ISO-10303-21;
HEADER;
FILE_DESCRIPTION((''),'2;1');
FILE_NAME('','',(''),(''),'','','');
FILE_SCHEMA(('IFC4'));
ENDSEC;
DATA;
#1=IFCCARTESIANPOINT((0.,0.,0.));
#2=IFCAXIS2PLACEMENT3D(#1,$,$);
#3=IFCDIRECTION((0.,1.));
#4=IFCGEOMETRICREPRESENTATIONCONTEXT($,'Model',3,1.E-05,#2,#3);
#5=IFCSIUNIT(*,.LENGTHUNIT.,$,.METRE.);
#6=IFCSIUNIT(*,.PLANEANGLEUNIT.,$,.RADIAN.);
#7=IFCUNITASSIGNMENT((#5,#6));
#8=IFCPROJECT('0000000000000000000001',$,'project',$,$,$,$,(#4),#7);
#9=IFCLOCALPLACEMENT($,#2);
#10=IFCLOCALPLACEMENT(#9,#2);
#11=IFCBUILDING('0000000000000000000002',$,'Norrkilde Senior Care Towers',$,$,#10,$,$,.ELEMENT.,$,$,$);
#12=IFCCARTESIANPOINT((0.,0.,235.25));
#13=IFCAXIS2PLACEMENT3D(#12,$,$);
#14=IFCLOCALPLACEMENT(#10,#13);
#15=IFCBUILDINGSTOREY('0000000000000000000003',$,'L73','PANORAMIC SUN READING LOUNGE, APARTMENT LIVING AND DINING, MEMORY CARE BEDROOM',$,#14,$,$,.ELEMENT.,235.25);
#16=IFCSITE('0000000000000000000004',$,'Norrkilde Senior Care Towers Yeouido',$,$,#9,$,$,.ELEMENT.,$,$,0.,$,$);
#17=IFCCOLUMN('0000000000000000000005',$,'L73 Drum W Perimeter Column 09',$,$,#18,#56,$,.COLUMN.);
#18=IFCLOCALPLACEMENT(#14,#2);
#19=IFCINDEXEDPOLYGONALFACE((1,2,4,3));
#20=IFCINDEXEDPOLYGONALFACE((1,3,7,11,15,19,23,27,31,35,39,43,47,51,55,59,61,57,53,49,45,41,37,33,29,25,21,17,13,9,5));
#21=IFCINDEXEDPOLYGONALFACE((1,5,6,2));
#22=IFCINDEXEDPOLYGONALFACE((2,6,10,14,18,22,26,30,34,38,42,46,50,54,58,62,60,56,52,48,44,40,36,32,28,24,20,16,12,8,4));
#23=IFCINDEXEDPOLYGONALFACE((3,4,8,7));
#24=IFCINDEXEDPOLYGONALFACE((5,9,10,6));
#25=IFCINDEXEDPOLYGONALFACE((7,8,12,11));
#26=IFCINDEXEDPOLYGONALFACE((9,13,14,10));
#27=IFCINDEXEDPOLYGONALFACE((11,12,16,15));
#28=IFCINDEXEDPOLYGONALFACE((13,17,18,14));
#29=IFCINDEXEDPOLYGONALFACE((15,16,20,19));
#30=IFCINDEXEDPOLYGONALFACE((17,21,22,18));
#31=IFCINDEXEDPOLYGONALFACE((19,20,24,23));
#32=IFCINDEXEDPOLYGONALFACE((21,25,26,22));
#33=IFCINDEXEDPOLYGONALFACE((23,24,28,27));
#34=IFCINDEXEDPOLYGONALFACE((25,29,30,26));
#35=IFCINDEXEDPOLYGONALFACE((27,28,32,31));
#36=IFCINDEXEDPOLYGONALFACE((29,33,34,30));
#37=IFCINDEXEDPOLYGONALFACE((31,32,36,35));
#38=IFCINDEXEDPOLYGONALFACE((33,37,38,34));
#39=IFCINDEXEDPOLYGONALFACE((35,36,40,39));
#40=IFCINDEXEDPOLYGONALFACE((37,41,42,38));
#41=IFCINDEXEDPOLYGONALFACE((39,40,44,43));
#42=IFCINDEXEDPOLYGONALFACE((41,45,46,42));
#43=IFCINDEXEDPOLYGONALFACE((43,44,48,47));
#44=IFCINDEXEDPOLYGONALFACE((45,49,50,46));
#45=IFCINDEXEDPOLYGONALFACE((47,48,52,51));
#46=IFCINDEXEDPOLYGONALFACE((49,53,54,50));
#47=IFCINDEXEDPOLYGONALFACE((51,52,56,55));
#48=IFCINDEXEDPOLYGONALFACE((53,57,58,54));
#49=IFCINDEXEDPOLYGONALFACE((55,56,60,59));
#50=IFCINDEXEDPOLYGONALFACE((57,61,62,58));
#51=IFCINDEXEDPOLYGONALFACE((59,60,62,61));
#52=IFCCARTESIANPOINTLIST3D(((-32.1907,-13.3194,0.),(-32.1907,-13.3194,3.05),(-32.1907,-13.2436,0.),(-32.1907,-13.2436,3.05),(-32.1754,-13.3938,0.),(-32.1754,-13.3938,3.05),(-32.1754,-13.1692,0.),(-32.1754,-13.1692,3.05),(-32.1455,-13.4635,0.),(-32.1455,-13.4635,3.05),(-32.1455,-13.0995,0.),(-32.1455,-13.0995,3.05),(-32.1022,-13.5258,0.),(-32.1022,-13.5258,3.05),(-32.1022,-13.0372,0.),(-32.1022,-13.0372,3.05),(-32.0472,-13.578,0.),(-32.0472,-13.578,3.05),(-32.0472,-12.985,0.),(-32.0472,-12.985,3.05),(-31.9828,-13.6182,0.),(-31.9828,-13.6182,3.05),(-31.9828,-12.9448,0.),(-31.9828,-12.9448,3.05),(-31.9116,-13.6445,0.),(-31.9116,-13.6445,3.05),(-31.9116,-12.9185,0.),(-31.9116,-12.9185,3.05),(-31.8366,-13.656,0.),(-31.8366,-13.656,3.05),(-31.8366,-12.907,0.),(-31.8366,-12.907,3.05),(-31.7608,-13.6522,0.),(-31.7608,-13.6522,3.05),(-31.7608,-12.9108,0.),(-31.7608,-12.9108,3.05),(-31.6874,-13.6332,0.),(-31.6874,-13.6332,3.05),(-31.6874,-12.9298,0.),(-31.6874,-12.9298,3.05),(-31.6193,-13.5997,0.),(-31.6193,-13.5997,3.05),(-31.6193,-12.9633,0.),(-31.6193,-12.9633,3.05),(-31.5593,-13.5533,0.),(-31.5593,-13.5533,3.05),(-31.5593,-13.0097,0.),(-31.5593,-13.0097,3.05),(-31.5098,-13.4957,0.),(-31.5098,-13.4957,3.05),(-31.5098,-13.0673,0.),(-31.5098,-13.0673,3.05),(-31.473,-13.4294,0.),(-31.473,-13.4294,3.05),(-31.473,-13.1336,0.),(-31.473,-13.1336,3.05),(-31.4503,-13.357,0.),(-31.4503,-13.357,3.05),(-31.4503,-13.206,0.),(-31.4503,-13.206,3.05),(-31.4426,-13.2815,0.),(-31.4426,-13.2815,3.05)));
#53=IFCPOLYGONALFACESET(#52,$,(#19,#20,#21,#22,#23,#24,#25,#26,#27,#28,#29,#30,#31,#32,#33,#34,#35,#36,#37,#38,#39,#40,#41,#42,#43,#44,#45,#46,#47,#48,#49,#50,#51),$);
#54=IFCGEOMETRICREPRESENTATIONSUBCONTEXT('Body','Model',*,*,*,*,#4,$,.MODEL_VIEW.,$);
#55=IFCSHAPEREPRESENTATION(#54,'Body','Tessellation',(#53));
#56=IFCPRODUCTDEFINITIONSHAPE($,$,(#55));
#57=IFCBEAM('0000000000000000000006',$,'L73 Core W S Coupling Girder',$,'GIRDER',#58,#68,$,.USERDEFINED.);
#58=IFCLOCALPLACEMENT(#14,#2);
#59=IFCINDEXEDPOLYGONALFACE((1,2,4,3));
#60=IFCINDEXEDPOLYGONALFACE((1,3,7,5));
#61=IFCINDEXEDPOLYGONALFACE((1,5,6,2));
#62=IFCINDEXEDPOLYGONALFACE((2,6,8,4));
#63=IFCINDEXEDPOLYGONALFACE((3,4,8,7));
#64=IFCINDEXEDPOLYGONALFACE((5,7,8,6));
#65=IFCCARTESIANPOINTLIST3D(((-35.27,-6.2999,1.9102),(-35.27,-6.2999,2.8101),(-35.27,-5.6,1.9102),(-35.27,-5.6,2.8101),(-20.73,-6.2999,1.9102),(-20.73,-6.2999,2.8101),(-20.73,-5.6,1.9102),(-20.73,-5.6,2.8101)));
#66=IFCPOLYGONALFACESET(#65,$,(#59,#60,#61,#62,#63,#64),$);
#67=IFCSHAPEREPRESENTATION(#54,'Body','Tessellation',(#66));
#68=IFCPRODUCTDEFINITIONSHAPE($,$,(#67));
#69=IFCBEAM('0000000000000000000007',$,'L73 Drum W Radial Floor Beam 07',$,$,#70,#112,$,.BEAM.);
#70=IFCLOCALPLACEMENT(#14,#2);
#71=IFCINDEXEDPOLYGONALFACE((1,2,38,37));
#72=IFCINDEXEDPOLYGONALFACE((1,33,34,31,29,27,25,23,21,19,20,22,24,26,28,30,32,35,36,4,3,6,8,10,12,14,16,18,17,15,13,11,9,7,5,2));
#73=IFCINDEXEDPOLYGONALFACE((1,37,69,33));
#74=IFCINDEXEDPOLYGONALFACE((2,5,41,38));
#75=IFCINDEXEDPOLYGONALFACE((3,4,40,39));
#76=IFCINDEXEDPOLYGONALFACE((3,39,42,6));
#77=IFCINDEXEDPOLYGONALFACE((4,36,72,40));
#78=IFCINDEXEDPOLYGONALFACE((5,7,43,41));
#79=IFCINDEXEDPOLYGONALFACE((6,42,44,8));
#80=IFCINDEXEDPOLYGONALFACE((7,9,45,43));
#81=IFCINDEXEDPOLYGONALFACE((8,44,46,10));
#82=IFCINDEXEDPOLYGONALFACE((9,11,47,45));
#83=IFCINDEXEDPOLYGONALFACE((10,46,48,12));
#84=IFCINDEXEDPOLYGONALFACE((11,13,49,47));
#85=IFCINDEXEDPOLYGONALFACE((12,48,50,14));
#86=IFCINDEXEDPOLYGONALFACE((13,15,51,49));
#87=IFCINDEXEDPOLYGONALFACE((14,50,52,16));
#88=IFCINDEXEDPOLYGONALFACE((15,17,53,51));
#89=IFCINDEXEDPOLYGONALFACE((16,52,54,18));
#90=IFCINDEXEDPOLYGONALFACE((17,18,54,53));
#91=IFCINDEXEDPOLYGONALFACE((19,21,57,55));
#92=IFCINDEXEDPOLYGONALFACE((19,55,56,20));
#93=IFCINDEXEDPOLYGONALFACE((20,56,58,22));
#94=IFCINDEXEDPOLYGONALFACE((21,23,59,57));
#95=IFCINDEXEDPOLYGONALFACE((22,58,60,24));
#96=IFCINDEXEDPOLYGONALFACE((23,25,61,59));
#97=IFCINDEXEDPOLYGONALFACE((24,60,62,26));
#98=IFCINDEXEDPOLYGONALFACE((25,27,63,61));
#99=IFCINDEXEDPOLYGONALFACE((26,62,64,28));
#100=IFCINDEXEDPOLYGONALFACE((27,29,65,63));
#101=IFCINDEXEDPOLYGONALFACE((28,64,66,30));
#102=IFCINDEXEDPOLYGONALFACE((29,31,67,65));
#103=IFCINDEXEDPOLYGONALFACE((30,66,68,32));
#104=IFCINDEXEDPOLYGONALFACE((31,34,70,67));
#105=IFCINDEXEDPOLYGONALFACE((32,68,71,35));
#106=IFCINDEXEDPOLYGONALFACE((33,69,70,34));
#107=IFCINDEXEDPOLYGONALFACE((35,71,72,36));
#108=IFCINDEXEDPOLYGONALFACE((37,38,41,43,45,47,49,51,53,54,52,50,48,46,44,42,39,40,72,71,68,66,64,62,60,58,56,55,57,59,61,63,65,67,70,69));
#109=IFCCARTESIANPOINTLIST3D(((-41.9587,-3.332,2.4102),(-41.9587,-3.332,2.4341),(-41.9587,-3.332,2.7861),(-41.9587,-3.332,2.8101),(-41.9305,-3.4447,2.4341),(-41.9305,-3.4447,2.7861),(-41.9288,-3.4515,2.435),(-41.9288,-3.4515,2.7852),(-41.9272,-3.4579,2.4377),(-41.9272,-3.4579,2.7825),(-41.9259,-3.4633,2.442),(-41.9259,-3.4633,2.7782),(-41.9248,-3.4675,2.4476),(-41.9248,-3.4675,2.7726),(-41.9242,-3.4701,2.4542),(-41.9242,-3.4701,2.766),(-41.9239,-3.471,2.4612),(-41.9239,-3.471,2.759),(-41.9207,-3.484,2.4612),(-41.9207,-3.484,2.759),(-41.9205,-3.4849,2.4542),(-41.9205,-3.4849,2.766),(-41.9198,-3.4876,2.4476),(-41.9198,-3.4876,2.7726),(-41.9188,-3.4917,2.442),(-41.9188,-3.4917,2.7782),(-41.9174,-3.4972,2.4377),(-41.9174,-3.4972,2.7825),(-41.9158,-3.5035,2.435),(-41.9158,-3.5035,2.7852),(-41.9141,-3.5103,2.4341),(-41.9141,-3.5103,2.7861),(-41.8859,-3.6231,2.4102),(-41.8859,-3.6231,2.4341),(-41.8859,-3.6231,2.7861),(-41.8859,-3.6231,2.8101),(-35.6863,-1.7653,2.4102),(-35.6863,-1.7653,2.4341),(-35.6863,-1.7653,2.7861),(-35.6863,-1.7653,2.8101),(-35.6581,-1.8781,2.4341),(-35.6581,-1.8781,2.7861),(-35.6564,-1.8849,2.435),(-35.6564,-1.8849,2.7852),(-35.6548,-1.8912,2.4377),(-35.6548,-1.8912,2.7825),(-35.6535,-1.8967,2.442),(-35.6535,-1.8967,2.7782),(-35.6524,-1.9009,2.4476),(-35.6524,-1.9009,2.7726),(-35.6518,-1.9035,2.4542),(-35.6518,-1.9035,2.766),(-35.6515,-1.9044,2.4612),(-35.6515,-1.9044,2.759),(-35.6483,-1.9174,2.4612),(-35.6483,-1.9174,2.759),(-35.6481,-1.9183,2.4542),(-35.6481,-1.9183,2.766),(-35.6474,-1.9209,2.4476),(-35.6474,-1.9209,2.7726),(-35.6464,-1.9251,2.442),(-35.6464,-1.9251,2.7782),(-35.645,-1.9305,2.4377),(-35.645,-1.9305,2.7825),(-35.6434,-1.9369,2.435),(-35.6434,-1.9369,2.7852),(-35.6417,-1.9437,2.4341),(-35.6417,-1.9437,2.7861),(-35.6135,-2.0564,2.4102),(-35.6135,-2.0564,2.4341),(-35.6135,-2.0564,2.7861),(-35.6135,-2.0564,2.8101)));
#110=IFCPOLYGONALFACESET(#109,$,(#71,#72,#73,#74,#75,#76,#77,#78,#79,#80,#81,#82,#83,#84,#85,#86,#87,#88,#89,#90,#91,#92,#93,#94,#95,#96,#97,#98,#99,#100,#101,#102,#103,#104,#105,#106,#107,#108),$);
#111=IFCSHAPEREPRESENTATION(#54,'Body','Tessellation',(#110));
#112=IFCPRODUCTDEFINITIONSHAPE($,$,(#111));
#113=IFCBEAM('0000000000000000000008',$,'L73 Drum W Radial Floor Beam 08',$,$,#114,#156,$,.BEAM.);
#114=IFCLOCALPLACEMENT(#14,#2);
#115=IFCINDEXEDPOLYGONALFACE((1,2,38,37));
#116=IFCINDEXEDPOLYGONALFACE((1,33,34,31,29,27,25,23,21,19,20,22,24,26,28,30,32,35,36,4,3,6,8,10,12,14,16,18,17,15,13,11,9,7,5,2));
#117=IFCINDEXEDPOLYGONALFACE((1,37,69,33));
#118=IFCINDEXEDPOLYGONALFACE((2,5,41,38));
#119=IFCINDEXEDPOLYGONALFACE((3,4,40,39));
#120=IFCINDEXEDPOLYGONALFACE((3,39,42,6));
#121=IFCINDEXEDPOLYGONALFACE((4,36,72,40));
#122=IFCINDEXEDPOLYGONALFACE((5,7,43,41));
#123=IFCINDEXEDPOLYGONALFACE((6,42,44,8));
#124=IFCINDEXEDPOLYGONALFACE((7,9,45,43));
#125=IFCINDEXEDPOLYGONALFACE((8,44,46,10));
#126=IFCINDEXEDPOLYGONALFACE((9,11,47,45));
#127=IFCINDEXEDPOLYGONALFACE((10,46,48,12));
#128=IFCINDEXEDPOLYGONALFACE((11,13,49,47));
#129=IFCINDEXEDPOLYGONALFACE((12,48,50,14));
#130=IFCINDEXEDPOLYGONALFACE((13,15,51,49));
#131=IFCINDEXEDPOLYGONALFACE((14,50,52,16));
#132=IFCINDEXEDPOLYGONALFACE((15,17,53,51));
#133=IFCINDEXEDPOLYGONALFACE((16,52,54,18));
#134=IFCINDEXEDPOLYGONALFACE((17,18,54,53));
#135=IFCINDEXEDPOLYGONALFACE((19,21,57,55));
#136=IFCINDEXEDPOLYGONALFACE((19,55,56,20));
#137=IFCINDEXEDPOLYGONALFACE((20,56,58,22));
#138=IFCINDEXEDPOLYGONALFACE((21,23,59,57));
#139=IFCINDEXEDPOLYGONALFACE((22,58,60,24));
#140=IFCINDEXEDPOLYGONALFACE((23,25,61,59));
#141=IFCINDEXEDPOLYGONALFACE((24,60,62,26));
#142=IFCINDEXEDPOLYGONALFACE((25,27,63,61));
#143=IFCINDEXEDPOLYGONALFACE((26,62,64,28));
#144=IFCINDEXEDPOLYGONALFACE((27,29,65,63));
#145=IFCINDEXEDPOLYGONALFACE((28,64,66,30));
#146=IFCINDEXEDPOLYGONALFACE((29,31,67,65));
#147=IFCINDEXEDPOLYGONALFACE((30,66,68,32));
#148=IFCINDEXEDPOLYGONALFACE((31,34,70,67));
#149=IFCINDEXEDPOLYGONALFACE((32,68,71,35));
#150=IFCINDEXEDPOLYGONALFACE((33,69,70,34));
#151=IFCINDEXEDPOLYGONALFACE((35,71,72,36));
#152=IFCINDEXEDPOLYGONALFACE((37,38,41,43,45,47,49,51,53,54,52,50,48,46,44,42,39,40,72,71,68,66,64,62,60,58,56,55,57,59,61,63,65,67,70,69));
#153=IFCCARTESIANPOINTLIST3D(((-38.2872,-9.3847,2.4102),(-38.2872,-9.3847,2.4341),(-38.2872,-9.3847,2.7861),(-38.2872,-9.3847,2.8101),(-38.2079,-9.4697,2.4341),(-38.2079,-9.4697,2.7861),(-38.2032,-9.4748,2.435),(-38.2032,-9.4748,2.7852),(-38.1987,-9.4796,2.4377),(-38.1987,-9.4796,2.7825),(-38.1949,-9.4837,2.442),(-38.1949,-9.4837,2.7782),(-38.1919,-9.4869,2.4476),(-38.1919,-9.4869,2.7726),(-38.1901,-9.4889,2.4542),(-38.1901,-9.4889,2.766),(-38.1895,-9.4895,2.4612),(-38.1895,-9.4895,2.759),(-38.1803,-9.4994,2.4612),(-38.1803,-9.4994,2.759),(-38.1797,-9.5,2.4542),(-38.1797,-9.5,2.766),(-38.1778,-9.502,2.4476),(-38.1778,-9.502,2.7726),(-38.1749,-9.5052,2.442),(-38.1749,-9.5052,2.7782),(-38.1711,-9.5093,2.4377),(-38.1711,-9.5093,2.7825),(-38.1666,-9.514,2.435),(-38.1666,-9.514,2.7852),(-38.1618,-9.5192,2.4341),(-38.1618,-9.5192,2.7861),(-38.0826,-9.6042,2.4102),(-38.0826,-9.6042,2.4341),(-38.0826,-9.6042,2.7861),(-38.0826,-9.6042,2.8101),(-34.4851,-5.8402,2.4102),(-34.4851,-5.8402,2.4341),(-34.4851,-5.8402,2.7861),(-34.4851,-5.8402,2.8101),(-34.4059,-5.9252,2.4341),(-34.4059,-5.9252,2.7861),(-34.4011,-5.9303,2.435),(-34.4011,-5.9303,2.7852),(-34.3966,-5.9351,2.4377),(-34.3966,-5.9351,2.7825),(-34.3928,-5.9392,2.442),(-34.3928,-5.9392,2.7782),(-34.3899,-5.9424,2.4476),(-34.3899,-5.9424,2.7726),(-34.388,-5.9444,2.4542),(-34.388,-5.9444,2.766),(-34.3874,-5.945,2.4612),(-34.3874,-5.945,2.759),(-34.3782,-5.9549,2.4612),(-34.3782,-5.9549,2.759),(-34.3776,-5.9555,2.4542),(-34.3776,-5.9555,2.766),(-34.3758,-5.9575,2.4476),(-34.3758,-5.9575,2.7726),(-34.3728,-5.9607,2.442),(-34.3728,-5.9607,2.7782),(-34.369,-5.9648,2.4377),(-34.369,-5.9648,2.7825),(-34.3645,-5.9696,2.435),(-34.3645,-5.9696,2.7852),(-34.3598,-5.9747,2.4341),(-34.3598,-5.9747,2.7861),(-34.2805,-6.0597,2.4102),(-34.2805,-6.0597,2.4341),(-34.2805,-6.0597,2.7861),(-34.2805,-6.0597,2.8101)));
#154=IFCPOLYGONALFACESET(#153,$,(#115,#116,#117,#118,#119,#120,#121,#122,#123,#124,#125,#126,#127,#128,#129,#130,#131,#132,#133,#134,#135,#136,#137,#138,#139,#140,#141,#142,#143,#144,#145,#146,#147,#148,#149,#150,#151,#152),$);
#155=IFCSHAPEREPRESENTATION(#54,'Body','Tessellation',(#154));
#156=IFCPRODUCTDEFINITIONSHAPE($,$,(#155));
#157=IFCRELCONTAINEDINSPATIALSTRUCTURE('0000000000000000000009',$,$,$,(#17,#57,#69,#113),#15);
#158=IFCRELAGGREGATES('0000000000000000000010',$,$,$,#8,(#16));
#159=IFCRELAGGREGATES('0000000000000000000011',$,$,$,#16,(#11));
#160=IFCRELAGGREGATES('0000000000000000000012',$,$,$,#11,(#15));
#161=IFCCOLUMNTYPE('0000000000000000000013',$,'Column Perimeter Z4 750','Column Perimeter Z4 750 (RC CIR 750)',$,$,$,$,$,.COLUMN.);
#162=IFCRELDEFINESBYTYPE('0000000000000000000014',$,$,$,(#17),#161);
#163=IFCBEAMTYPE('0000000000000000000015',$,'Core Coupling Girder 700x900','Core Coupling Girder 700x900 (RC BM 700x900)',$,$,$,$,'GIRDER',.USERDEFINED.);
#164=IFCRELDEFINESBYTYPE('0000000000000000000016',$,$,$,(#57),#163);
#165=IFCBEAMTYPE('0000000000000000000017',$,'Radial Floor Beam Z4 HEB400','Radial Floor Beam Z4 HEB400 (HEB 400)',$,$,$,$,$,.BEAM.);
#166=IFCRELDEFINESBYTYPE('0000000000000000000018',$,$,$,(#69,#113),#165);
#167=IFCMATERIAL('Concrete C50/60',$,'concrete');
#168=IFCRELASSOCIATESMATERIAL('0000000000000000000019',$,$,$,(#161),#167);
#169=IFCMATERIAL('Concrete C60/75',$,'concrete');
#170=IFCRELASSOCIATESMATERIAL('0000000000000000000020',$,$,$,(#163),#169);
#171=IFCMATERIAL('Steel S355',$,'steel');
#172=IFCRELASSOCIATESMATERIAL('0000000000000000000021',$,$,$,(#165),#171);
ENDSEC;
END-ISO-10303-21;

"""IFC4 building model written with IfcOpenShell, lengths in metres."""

from ifc_helpers import new_model, si_unit, direction, frame, origin, origin_2d, place, context, subcontext, project, spatial, rectangle, circle, i_section, extrude, source, transform, mapped, material, material_profile, profile_set, type_object, type_shapes, element, save


model = new_model("IFC4")

# Units and contexts
model_context = context("Model", 3, precision=1e-05, world=origin(), true_north=direction((0.0, 1.0)))
body_context = subcontext(model_context, "Body", "Model", "MODEL_VIEW")
ifc_project = project(units=[si_unit("LENGTHUNIT", "METRE"), si_unit("PLANEANGLEUNIT", "RADIAN")], contexts=[model_context])

# Site, building, storey
site_placement = place(None, origin())
site = spatial("IfcSite", under=ifc_project, at=site_placement, Name="Norrkilde Senior Care Towers Yeouido", CompositionType="ELEMENT", RefElevation=0.0)
building_placement = place(site_placement, origin())
building = spatial("IfcBuilding", under=site, at=building_placement, Name="Norrkilde Senior Care Towers", CompositionType="ELEMENT")
storey_placement = place(building_placement, frame((0.0, 0.0, 235.25)))
storey = spatial("IfcBuildingStorey", under=building, at=storey_placement, Name="L73", Description="PANORAMIC SUN READING LOUNGE, APARTMENT LIVING AND DINING, MEMORY CARE BEDROOM", CompositionType="ELEMENT", Elevation=235.25)

# Column
ifc_material_1 = material(Name="Concrete C50/60", Category="concrete")
ifc_material_profile_1 = material_profile(ifc_material_1, circle(Radius=0.375, at=origin_2d()), Name="RC CIR 750")
ifc_profile_set_1 = profile_set([ifc_material_profile_1], Name="Concrete C50/60")
column_type = type_object("IfcColumnType", Name="Column Perimeter Z4 750", Description="Column Perimeter Z4 750 (RC CIR 750)", PredefinedType="COLUMN", material=ifc_profile_set_1)
shared_shape_1 = source(origin(), body_context, "Body", "SweptSolid", [
    extrude(circle(Radius=0.375, at=origin_2d()), origin(), (0.0, 0.0, 1.0), 3.05),
])
type_shapes(column_type, [shared_shape_1])
column_placement = place(storey_placement, frame((-31.8176, -13.2815, 0.0), z_axis=(0.0, 0.0, 1.0), x_axis=(1.0, 0.0, 0.0)))
element("IfcColumn", 1, at=column_placement, inside=storey, type_object=column_type, Name="L73 Drum W Perimeter Column 09", PredefinedType="COLUMN", context=body_context, shape_type="MappedRepresentation", body=[
    mapped(shared_shape_1, transform((0.0, 0.0, 0.0), x_axis=(1.0, 0.0, 0.0), y_axis=(0.0, 1.0, 0.0), z_axis=(0.0, 0.0, 1.0), scale=1.0)),
])

# Beams
ifc_material_2 = material(Name="Concrete C60/75", Category="concrete")
ifc_material_profile_2 = material_profile(ifc_material_2, rectangle(XDim=0.7, YDim=0.8999, at=origin_2d()), Name="RC BM 700x900")
ifc_profile_set_2 = profile_set([ifc_material_profile_2], Name="Concrete C60/75")
beam_type_1 = type_object("IfcBeamType", Name="Core Coupling Girder 700x900", Description="Core Coupling Girder 700x900 (RC BM 700x900)", ElementType="GIRDER", PredefinedType="USERDEFINED", material=ifc_profile_set_2)
shared_shape_2 = source(origin(), body_context, "Body", "SweptSolid", [
    extrude(rectangle(XDim=0.7, YDim=0.8999, at=origin_2d()), origin(), (0.0, 0.0, 1.0), 14.54),
])
type_shapes(beam_type_1, [shared_shape_2])
beam_1_placement = place(storey_placement, frame((-35.27, -5.95, 2.3601), z_axis=(1.0, 0.0, 0.0), x_axis=(0.0, 1.0, 0.0)))
element("IfcBeam", 2, at=beam_1_placement, inside=storey, type_object=beam_type_1, Name="L73 Core W S Coupling Girder", ObjectType="GIRDER", PredefinedType="USERDEFINED", context=body_context, shape_type="MappedRepresentation", body=[
    mapped(shared_shape_2, transform((0.0, 0.0, 0.0), x_axis=(1.0, 0.0, 0.0), y_axis=(0.0, 1.0, 0.0), z_axis=(0.0, 0.0, 1.0), scale=1.0)),
])
ifc_material_3 = material(Name="Steel S355", Category="steel")
ifc_material_profile_3 = material_profile(ifc_material_3, i_section(OverallWidth=0.3, OverallDepth=0.3999, WebThickness=0.0134, FlangeThickness=0.0239, FilletRadius=0.0271, at=origin_2d()), Name="HEB 400")
ifc_profile_set_3 = profile_set([ifc_material_profile_3], Name="Steel S355")
beam_type_2 = type_object("IfcBeamType", Name="Radial Floor Beam Z4 HEB400", Description="Radial Floor Beam Z4 HEB400 (HEB 400)", PredefinedType="BEAM", material=ifc_profile_set_3)
shared_shape_3 = source(origin(), body_context, "Body", "SweptSolid", [
    extrude(i_section(OverallWidth=0.3, OverallDepth=0.3999, WebThickness=0.0134, FlangeThickness=0.0239, FilletRadius=0.0271, at=origin_2d()), origin(), (0.0, 0.0, 1.0), 6.4651),
])
beam_2_placement = place(storey_placement, frame((-35.6499, -1.9109, 2.6101), z_axis=(-0.970196, -0.242322, 0.0), x_axis=(0.242322, -0.970196, 0.0)))
element("IfcBeam", 3, at=beam_2_placement, inside=storey, type_object=beam_type_2, Name="L73 Drum W Radial Floor Beam 07", PredefinedType="BEAM", context=body_context, shape_type="MappedRepresentation", body=[
    mapped(shared_shape_3, transform((0.0, 0.0, 0.0), x_axis=(1.0, 0.0, 0.0), y_axis=(0.0, 1.0, 0.0), z_axis=(0.0, 0.0, 1.0), scale=1.0)),
])
shared_shape_4 = source(origin(), body_context, "Body", "SweptSolid", [
    extrude(i_section(OverallWidth=0.3, OverallDepth=0.3999, WebThickness=0.0134, FlangeThickness=0.0239, FilletRadius=0.0271, at=origin_2d()), origin(), (0.0, 0.0, 1.0), 5.198),
])
beam_3_placement = place(storey_placement, frame((-34.3828, -5.95, 2.6101), z_axis=(-0.731449, -0.681896, 0.0), x_axis=(0.681896, -0.731449, 0.0)))
element("IfcBeam", 4, at=beam_3_placement, inside=storey, type_object=beam_type_2, Name="L73 Drum W Radial Floor Beam 08", PredefinedType="BEAM", context=body_context, shape_type="MappedRepresentation", body=[
    mapped(shared_shape_4, transform((0.0, 0.0, 0.0), x_axis=(1.0, 0.0, 0.0), y_axis=(0.0, 1.0, 0.0), z_axis=(0.0, 0.0, 1.0), scale=1.0)),
])

save(model, "model.ifc")
